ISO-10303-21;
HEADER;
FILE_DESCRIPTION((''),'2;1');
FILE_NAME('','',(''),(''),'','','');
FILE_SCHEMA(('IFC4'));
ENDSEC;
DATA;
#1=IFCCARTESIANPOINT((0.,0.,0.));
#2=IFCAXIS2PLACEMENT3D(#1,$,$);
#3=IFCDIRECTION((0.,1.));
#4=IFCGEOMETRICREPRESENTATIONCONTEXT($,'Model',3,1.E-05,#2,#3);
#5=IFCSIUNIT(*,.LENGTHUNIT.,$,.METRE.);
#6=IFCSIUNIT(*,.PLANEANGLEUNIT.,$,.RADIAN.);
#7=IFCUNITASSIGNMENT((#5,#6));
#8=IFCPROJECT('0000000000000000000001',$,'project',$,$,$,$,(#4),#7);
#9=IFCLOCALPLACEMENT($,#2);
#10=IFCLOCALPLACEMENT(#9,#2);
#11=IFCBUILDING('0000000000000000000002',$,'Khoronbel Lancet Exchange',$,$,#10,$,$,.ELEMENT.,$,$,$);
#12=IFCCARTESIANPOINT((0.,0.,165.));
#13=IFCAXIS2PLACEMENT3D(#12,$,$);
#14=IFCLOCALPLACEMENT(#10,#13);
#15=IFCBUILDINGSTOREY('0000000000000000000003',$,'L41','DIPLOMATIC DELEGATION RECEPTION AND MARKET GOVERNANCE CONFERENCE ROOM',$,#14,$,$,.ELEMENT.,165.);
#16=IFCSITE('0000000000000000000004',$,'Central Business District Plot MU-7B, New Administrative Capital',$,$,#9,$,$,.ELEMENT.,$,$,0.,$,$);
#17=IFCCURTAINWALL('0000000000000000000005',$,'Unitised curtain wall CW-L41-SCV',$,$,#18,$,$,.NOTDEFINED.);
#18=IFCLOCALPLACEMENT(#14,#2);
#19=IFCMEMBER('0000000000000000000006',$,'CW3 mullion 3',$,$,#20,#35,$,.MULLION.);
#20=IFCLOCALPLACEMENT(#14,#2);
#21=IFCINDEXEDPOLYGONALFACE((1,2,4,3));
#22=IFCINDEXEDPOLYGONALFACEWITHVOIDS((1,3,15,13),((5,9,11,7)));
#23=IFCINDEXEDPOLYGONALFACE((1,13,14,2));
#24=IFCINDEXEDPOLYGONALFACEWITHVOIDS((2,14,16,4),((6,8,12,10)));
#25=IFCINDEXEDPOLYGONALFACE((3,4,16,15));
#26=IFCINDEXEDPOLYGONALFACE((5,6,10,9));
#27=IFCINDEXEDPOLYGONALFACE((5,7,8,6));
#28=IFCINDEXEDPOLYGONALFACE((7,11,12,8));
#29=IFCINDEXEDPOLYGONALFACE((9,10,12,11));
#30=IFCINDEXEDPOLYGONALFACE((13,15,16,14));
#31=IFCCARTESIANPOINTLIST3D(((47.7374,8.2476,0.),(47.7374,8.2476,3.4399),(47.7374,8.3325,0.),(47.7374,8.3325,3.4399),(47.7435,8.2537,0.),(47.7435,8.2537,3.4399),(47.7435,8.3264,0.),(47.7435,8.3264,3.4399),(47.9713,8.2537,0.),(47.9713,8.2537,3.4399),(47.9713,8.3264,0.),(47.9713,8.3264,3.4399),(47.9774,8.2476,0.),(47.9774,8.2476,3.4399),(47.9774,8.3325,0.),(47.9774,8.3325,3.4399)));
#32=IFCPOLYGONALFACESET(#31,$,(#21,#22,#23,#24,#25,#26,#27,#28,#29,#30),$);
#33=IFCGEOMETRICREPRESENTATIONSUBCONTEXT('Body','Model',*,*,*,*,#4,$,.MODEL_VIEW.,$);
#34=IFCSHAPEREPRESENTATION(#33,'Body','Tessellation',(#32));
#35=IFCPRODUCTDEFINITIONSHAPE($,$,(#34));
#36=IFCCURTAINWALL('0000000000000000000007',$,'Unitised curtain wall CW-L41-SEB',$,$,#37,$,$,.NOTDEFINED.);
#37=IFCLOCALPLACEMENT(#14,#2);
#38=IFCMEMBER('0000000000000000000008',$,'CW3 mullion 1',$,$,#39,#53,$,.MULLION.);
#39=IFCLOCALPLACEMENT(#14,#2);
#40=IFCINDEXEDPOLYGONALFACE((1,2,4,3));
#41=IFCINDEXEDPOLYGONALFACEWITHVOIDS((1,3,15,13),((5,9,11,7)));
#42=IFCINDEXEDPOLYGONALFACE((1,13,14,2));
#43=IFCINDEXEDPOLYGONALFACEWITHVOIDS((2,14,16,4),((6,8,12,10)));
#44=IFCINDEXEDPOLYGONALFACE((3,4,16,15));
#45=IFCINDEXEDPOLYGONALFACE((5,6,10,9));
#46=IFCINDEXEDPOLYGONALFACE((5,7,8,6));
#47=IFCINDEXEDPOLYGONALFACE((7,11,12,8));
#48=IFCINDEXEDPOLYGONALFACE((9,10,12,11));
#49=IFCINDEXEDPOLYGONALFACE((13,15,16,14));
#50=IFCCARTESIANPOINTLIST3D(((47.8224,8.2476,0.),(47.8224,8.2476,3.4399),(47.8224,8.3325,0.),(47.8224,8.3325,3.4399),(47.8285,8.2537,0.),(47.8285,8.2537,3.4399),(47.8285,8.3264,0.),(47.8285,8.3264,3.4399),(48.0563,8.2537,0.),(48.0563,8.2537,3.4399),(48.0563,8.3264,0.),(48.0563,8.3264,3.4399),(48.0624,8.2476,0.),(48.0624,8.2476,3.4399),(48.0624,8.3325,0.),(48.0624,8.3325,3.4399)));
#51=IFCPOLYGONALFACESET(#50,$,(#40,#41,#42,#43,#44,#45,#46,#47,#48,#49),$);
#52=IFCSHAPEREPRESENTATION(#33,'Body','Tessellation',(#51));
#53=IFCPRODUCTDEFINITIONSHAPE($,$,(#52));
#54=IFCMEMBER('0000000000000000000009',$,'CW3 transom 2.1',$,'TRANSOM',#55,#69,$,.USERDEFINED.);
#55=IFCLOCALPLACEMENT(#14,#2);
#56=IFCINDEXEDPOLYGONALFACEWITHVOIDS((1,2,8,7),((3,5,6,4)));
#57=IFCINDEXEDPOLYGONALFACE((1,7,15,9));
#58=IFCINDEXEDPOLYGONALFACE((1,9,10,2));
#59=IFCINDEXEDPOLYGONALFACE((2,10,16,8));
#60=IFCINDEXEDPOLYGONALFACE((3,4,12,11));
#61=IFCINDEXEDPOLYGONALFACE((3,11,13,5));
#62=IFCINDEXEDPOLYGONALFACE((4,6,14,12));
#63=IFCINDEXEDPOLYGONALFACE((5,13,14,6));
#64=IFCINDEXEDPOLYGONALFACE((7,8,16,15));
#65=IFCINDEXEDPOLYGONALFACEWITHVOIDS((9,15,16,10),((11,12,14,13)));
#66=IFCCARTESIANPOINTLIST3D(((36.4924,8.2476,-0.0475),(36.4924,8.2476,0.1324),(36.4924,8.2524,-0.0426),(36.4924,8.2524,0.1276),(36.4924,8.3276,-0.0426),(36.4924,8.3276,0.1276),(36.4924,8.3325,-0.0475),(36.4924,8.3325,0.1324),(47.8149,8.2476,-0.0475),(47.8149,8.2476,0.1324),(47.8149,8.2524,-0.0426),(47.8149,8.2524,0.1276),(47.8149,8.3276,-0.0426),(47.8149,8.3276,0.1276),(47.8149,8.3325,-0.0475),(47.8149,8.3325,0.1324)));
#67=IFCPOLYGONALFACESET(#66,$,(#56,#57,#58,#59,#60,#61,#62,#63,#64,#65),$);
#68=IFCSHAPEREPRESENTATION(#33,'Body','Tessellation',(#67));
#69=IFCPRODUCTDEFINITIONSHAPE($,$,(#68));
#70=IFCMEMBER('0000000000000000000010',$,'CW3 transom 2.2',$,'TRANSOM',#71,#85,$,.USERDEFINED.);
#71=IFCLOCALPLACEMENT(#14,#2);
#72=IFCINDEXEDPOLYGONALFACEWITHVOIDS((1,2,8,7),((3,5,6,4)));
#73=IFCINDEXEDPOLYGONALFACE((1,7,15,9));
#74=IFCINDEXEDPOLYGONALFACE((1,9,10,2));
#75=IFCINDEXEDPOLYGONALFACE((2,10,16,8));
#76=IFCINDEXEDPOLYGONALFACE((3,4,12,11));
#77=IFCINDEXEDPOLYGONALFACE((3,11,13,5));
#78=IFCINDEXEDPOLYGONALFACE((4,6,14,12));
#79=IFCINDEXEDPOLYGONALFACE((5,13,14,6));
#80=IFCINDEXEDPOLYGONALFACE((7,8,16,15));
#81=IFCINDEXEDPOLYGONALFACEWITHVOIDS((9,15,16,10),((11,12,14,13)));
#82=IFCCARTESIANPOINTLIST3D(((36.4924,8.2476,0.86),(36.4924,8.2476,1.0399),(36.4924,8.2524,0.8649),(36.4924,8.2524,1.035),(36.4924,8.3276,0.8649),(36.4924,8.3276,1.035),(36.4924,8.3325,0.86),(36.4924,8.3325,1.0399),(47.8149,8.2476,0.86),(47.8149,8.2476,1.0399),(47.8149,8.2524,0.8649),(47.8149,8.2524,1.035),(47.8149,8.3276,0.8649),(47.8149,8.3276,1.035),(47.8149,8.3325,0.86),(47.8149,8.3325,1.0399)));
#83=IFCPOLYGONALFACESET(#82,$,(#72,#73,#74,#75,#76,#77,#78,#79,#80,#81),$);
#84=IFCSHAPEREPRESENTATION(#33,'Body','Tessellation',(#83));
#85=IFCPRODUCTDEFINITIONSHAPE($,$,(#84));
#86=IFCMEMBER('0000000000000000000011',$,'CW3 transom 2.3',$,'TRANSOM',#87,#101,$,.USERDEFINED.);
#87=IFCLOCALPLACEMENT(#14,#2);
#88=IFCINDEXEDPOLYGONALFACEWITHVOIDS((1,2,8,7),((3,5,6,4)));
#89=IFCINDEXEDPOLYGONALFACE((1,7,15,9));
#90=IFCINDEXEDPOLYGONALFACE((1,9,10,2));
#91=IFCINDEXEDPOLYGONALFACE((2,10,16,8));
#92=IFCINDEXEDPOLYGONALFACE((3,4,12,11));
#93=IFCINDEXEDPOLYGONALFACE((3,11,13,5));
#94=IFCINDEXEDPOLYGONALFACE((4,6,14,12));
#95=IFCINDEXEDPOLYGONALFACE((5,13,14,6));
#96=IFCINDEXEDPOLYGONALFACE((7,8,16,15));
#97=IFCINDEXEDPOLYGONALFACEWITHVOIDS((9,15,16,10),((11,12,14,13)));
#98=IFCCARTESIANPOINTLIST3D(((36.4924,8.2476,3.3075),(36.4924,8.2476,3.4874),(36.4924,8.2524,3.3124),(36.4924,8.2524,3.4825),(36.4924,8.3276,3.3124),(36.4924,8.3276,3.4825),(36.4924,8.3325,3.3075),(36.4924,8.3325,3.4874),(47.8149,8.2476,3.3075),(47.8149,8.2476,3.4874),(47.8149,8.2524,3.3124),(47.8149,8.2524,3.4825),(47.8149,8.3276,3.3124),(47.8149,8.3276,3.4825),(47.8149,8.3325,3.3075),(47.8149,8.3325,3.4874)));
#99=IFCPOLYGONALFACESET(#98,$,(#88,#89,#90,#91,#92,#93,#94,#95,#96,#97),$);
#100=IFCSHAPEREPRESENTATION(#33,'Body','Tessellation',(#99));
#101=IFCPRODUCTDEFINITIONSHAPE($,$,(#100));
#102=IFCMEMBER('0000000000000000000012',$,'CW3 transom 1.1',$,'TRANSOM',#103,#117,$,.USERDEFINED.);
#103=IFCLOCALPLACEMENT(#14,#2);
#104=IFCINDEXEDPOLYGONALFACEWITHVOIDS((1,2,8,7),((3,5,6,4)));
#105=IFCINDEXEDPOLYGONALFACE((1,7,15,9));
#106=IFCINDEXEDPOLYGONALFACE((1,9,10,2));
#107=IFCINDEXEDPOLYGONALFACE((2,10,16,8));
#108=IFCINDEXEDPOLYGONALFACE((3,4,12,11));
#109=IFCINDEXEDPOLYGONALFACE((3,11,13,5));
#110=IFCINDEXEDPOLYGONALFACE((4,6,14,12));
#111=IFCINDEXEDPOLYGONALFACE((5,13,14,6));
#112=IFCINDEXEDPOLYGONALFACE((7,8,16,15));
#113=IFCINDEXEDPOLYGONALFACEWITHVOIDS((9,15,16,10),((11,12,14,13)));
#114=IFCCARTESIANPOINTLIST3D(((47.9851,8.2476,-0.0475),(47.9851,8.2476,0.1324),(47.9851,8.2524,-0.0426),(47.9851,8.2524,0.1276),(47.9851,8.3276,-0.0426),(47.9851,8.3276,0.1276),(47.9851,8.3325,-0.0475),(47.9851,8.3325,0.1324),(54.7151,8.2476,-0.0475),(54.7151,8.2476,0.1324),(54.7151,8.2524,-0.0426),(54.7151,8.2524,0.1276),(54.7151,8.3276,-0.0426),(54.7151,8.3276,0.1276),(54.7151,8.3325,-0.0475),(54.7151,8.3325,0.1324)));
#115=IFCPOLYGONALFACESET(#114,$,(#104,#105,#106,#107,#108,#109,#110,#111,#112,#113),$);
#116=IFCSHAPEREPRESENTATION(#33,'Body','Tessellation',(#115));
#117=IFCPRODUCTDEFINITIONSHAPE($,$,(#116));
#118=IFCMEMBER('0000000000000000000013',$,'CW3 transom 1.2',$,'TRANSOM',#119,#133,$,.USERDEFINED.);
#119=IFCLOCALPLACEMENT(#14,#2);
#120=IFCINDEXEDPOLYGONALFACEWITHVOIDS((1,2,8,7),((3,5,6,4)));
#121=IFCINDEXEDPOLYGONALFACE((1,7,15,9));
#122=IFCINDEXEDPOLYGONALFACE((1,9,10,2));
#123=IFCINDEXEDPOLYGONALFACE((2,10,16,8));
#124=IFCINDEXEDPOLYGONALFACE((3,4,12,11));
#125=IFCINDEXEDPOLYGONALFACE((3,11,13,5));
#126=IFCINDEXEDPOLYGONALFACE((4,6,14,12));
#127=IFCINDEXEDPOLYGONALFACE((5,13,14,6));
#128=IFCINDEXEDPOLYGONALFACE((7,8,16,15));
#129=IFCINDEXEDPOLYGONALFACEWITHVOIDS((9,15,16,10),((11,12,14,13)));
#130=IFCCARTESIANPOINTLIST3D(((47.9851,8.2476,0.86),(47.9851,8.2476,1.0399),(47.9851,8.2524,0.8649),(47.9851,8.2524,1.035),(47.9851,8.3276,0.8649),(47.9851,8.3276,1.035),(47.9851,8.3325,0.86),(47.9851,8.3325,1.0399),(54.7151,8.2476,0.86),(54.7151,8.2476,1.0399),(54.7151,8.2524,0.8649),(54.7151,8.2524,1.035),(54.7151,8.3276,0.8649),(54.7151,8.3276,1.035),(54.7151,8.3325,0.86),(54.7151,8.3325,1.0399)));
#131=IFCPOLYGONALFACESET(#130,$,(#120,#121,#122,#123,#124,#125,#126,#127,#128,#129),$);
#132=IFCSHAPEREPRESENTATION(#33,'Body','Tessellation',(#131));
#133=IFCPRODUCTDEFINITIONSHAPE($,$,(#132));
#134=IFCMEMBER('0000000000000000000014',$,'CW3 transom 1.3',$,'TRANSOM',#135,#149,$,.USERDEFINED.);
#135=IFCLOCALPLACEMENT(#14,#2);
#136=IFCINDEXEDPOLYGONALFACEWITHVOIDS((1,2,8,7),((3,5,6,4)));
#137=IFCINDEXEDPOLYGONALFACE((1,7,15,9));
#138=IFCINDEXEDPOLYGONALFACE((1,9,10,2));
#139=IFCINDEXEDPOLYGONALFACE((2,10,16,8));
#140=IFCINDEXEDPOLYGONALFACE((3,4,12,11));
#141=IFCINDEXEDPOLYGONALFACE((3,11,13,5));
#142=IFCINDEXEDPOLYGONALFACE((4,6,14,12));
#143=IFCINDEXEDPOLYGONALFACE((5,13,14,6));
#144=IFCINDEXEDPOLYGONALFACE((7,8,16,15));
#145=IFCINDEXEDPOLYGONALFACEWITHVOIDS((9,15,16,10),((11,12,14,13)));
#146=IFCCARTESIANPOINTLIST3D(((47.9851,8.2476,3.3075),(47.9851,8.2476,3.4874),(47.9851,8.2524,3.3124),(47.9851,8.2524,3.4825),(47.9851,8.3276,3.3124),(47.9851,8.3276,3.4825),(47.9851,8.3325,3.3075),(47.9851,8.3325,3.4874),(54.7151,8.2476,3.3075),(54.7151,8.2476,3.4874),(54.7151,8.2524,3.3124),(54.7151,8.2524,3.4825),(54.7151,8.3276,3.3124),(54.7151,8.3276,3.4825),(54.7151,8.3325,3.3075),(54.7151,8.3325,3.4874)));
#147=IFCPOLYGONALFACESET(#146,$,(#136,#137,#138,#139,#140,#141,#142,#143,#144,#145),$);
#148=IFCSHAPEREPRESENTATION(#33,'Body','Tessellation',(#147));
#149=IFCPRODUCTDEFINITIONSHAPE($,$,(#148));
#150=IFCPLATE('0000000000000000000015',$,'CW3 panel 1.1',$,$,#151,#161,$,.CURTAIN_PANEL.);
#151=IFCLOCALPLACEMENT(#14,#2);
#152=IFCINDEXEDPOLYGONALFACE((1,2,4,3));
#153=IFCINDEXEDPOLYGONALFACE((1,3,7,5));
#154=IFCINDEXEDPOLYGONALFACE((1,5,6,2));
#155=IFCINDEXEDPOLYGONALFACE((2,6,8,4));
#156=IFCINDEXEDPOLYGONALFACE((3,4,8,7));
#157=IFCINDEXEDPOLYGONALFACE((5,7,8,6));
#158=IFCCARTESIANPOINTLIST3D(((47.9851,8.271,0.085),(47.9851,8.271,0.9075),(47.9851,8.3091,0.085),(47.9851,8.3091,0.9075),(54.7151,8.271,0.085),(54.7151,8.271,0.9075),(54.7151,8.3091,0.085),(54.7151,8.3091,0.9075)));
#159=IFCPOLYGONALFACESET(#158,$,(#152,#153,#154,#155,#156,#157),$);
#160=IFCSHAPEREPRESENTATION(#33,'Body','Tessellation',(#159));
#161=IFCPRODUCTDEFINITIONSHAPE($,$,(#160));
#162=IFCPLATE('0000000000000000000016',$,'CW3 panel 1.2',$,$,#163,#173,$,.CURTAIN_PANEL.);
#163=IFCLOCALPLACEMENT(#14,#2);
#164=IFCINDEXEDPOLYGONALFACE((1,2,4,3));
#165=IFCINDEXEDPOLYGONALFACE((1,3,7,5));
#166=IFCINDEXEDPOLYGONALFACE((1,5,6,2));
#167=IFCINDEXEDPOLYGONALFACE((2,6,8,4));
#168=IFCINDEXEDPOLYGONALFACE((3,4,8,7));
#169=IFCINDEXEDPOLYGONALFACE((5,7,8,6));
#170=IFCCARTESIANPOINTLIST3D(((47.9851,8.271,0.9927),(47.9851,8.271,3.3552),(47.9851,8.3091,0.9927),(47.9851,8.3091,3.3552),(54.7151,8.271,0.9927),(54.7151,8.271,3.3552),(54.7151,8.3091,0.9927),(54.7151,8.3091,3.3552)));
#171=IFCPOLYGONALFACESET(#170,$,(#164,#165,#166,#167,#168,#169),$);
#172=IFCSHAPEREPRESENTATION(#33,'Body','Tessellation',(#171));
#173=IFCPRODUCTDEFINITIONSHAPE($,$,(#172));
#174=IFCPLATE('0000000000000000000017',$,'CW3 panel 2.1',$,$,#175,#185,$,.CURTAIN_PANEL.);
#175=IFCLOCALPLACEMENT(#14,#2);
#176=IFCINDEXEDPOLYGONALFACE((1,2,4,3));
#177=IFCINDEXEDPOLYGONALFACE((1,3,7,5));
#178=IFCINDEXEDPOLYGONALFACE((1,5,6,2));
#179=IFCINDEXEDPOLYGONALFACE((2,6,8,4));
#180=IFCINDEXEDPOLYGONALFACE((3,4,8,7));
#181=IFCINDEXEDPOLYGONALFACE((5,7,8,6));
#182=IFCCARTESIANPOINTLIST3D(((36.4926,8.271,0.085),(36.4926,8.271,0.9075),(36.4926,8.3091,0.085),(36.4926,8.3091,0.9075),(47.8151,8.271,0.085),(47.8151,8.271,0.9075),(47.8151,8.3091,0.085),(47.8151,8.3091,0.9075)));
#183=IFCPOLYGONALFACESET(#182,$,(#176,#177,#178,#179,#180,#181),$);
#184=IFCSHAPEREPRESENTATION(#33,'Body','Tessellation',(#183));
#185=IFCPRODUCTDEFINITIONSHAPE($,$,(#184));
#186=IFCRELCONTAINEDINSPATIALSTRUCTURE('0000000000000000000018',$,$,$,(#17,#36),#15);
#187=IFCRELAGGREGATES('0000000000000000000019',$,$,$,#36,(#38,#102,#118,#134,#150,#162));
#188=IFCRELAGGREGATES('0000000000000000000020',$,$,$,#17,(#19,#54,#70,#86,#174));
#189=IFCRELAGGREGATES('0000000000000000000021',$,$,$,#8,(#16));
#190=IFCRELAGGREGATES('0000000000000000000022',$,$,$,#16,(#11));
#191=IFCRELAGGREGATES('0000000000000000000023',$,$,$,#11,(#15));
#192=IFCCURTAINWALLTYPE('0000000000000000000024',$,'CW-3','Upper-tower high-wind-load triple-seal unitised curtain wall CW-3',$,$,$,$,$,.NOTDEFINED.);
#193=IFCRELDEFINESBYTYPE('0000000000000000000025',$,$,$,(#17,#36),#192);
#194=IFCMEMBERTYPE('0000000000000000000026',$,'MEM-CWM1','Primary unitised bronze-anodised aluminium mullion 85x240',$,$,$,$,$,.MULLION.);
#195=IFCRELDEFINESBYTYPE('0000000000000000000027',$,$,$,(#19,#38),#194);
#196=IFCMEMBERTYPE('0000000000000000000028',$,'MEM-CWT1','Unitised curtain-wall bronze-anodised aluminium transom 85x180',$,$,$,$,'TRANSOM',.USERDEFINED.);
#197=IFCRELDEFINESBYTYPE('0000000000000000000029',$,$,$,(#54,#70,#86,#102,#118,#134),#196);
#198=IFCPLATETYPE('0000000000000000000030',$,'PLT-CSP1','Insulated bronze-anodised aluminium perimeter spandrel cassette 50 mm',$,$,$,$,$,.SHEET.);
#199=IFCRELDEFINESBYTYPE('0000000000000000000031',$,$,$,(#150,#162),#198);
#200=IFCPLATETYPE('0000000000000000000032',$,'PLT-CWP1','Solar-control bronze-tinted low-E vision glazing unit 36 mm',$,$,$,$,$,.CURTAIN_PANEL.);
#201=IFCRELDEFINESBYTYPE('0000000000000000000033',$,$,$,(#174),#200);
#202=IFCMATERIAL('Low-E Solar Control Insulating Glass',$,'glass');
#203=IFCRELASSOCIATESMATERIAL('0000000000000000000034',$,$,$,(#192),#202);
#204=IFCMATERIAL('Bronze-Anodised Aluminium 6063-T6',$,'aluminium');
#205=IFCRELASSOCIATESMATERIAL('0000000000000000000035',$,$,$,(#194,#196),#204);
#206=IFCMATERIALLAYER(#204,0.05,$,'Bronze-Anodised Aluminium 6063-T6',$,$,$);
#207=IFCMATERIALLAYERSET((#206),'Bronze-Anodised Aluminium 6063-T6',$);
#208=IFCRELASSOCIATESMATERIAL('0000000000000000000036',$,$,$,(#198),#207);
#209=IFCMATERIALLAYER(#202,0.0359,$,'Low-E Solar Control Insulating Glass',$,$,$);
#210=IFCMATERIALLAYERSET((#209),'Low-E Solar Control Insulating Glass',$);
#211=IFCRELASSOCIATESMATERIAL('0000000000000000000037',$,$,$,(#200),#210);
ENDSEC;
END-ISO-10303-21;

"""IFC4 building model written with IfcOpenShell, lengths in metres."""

from ifc_helpers import new_model, si_unit, direction, frame, origin, origin_2d, place, context, subcontext, project, spatial, rectangle, hollow_rectangle, extrude, material, layer, layer_set, material_profile, profile_set, type_object, element, aggregate, save


model = new_model("IFC4")

# Units and contexts
model_context = context("Model", 3, precision=1e-05, world=origin(), true_north=direction((0.0, 1.0)))
body_context = subcontext(model_context, "Body", "Model", "MODEL_VIEW")
ifc_project = project(units=[si_unit("LENGTHUNIT", "METRE"), si_unit("PLANEANGLEUNIT", "RADIAN")], contexts=[model_context])

# Site, building, storey
site_placement = place(None, origin())
site = spatial("IfcSite", under=ifc_project, at=site_placement, Name="Central Business District Plot MU-7B, New Administrative Capital", CompositionType="ELEMENT", RefElevation=0.0)
building_placement = place(site_placement, origin())
building = spatial("IfcBuilding", under=site, at=building_placement, Name="Khoronbel Lancet Exchange", CompositionType="ELEMENT")
storey_placement = place(building_placement, frame((0.0, 0.0, 165.0)))
storey = spatial("IfcBuildingStorey", under=building, at=storey_placement, Name="L41", Description="DIPLOMATIC DELEGATION RECEPTION AND MARKET GOVERNANCE CONFERENCE ROOM", CompositionType="ELEMENT", Elevation=165.0)

# Curtain wall, member
ifc_material_1 = material(Name="Low-E Solar Control Insulating Glass", Category="glass")
curtain_wall_type = type_object("IfcCurtainWallType", Name="CW-3", Description="Upper-tower high-wind-load triple-seal unitised curtain wall CW-3", PredefinedType="NOTDEFINED", material=ifc_material_1)
curtain_wall_1_placement = place(storey_placement, origin())
curtain_wall_1 = element("IfcCurtainWall", 1, at=curtain_wall_1_placement, inside=storey, type_object=curtain_wall_type, Name="Unitised curtain wall CW-L41-SCV", PredefinedType="NOTDEFINED")
ifc_material_2 = material(Name="Bronze-Anodised Aluminium 6063-T6", Category="aluminium")
ifc_material_profile_1 = material_profile(ifc_material_2, hollow_rectangle(XDim=0.085, YDim=0.24, WallThickness=0.0061, at=origin_2d()), Name="ALU MULLION 85x240")
ifc_profile_set_1 = profile_set([ifc_material_profile_1], Name="Bronze-Anodised Aluminium 6063-T6")
member_type_1 = type_object("IfcMemberType", Name="MEM-CWM1", Description="Primary unitised bronze-anodised aluminium mullion 85x240", PredefinedType="MULLION", material=ifc_profile_set_1)
member_1_placement = place(storey_placement, frame((47.8574, 8.29, 0.0), z_axis=(0.0, 0.0, 1.0), x_axis=(0.0, 1.0, 0.0)))
member_1 = element("IfcMember", 2, at=member_1_placement, type_object=member_type_1, Name="CW3 mullion 3", PredefinedType="MULLION", context=body_context, shape_type="SweptSolid", body=[
    extrude(hollow_rectangle(XDim=0.085, YDim=0.24, WallThickness=0.0061, at=origin_2d()), origin(), (0.0, 0.0, 1.0), 3.4399),
])

# Curtain wall, member
curtain_wall_2_placement = place(storey_placement, origin())
curtain_wall_2 = element("IfcCurtainWall", 3, at=curtain_wall_2_placement, inside=storey, type_object=curtain_wall_type, Name="Unitised curtain wall CW-L41-SEB", PredefinedType="NOTDEFINED")
member_2_placement = place(storey_placement, frame((47.9424, 8.29, 0.0), z_axis=(0.0, 0.0, 1.0), x_axis=(0.0, 1.0, 0.0)))
member_2 = element("IfcMember", 4, at=member_2_placement, type_object=member_type_1, Name="CW3 mullion 1", PredefinedType="MULLION", context=body_context, shape_type="SweptSolid", body=[
    extrude(hollow_rectangle(XDim=0.085, YDim=0.24, WallThickness=0.0061, at=origin_2d()), origin(), (0.0, 0.0, 1.0), 3.4399),
])

# Members
ifc_material_profile_2 = material_profile(ifc_material_2, hollow_rectangle(XDim=0.085, YDim=0.1799, WallThickness=0.0049, at=origin_2d()), Name="ALU TRANSOM 85x180")
ifc_profile_set_2 = profile_set([ifc_material_profile_2], Name="Bronze-Anodised Aluminium 6063-T6")
member_type_2 = type_object("IfcMemberType", Name="MEM-CWT1", Description="Unitised curtain-wall bronze-anodised aluminium transom 85x180", ElementType="TRANSOM", PredefinedType="USERDEFINED", material=ifc_profile_set_2)
member_3_placement = place(storey_placement, frame((36.4924, 8.29, 0.0425), z_axis=(1.0, 0.0, 0.0), x_axis=(0.0, 1.0, 0.0)))
member_3 = element("IfcMember", 5, at=member_3_placement, type_object=member_type_2, Name="CW3 transom 2.1", ObjectType="TRANSOM", PredefinedType="USERDEFINED", context=body_context, shape_type="SweptSolid", body=[
    extrude(hollow_rectangle(XDim=0.085, YDim=0.1799, WallThickness=0.0049, at=origin_2d()), origin(), (0.0, 0.0, 1.0), 11.3225),
])
member_4_placement = place(storey_placement, frame((36.4924, 8.29, 0.95), z_axis=(1.0, 0.0, 0.0), x_axis=(0.0, 1.0, 0.0)))
member_4 = element("IfcMember", 6, at=member_4_placement, type_object=member_type_2, Name="CW3 transom 2.2", ObjectType="TRANSOM", PredefinedType="USERDEFINED", context=body_context, shape_type="SweptSolid", body=[
    extrude(hollow_rectangle(XDim=0.085, YDim=0.1799, WallThickness=0.0049, at=origin_2d()), origin(), (0.0, 0.0, 1.0), 11.3225),
])
member_5_placement = place(storey_placement, frame((36.4924, 8.29, 3.3975), z_axis=(1.0, 0.0, 0.0), x_axis=(0.0, 1.0, 0.0)))
member_5 = element("IfcMember", 7, at=member_5_placement, type_object=member_type_2, Name="CW3 transom 2.3", ObjectType="TRANSOM", PredefinedType="USERDEFINED", context=body_context, shape_type="SweptSolid", body=[
    extrude(hollow_rectangle(XDim=0.085, YDim=0.1799, WallThickness=0.0049, at=origin_2d()), origin(), (0.0, 0.0, 1.0), 11.3225),
])
member_6_placement = place(storey_placement, frame((47.9851, 8.29, 0.0425), z_axis=(1.0, 0.0, 0.0), x_axis=(0.0, 1.0, 0.0)))
member_6 = element("IfcMember", 8, at=member_6_placement, type_object=member_type_2, Name="CW3 transom 1.1", ObjectType="TRANSOM", PredefinedType="USERDEFINED", context=body_context, shape_type="SweptSolid", body=[
    extrude(hollow_rectangle(XDim=0.085, YDim=0.1799, WallThickness=0.0049, at=origin_2d()), origin(), (0.0, 0.0, 1.0), 6.73),
])
member_7_placement = place(storey_placement, frame((47.9851, 8.29, 0.95), z_axis=(1.0, 0.0, 0.0), x_axis=(0.0, 1.0, 0.0)))
member_7 = element("IfcMember", 9, at=member_7_placement, type_object=member_type_2, Name="CW3 transom 1.2", ObjectType="TRANSOM", PredefinedType="USERDEFINED", context=body_context, shape_type="SweptSolid", body=[
    extrude(hollow_rectangle(XDim=0.085, YDim=0.1799, WallThickness=0.0049, at=origin_2d()), origin(), (0.0, 0.0, 1.0), 6.73),
])
member_8_placement = place(storey_placement, frame((47.9851, 8.29, 3.3975), z_axis=(1.0, 0.0, 0.0), x_axis=(0.0, 1.0, 0.0)))
member_8 = element("IfcMember", 10, at=member_8_placement, type_object=member_type_2, Name="CW3 transom 1.3", ObjectType="TRANSOM", PredefinedType="USERDEFINED", context=body_context, shape_type="SweptSolid", body=[
    extrude(hollow_rectangle(XDim=0.085, YDim=0.1799, WallThickness=0.0049, at=origin_2d()), origin(), (0.0, 0.0, 1.0), 6.73),
])

# Plates
ifc_layer_1 = layer(ifc_material_2, 0.05, Name="Bronze-Anodised Aluminium 6063-T6")
ifc_layer_set_1 = layer_set([ifc_layer_1], Name="Bronze-Anodised Aluminium 6063-T6")
plate_type_1 = type_object("IfcPlateType", Name="PLT-CSP1", Description="Insulated bronze-anodised aluminium perimeter spandrel cassette 50 mm", PredefinedType="SHEET", material=ifc_layer_set_1)
plate_1_placement = place(storey_placement, frame((51.3501, 8.29, 0.085), z_axis=(0.0, 0.0, 1.0), x_axis=(1.0, 0.0, 0.0)))
plate_1 = element("IfcPlate", 11, at=plate_1_placement, type_object=plate_type_1, Name="CW3 panel 1.1", PredefinedType="CURTAIN_PANEL", context=body_context, shape_type="SweptSolid", body=[
    extrude(rectangle(XDim=6.73, YDim=0.0381, at=origin_2d()), origin(), (0.0, 0.0, 1.0), 0.8225),
])
plate_2_placement = place(storey_placement, frame((51.3501, 8.29, 0.9927), z_axis=(0.0, 0.0, 1.0), x_axis=(1.0, 0.0, 0.0)))
plate_2 = element("IfcPlate", 12, at=plate_2_placement, type_object=plate_type_1, Name="CW3 panel 1.2", PredefinedType="CURTAIN_PANEL", context=body_context, shape_type="SweptSolid", body=[
    extrude(rectangle(XDim=6.73, YDim=0.0381, at=origin_2d()), origin(), (0.0, 0.0, 1.0), 2.3625),
])
aggregate(curtain_wall_2, [member_2, member_6, member_7, member_8, plate_1, plate_2])
ifc_layer_2 = layer(ifc_material_1, 0.0359, Name="Low-E Solar Control Insulating Glass")
ifc_layer_set_2 = layer_set([ifc_layer_2], Name="Low-E Solar Control Insulating Glass")
plate_type_2 = type_object("IfcPlateType", Name="PLT-CWP1", Description="Solar-control bronze-tinted low-E vision glazing unit 36 mm", PredefinedType="CURTAIN_PANEL", material=ifc_layer_set_2)
plate_3_placement = place(storey_placement, frame((42.1538, 8.29, 0.085), z_axis=(0.0, 0.0, 1.0), x_axis=(1.0, 0.0, 0.0)))
plate_3 = element("IfcPlate", 13, at=plate_3_placement, type_object=plate_type_2, Name="CW3 panel 2.1", PredefinedType="CURTAIN_PANEL", context=body_context, shape_type="SweptSolid", body=[
    extrude(rectangle(XDim=11.3225, YDim=0.0381, at=origin_2d()), origin(), (0.0, 0.0, 1.0), 0.8225),
])
aggregate(curtain_wall_1, [member_1, member_3, member_4, member_5, plate_3])

save(model, "model.ifc")
